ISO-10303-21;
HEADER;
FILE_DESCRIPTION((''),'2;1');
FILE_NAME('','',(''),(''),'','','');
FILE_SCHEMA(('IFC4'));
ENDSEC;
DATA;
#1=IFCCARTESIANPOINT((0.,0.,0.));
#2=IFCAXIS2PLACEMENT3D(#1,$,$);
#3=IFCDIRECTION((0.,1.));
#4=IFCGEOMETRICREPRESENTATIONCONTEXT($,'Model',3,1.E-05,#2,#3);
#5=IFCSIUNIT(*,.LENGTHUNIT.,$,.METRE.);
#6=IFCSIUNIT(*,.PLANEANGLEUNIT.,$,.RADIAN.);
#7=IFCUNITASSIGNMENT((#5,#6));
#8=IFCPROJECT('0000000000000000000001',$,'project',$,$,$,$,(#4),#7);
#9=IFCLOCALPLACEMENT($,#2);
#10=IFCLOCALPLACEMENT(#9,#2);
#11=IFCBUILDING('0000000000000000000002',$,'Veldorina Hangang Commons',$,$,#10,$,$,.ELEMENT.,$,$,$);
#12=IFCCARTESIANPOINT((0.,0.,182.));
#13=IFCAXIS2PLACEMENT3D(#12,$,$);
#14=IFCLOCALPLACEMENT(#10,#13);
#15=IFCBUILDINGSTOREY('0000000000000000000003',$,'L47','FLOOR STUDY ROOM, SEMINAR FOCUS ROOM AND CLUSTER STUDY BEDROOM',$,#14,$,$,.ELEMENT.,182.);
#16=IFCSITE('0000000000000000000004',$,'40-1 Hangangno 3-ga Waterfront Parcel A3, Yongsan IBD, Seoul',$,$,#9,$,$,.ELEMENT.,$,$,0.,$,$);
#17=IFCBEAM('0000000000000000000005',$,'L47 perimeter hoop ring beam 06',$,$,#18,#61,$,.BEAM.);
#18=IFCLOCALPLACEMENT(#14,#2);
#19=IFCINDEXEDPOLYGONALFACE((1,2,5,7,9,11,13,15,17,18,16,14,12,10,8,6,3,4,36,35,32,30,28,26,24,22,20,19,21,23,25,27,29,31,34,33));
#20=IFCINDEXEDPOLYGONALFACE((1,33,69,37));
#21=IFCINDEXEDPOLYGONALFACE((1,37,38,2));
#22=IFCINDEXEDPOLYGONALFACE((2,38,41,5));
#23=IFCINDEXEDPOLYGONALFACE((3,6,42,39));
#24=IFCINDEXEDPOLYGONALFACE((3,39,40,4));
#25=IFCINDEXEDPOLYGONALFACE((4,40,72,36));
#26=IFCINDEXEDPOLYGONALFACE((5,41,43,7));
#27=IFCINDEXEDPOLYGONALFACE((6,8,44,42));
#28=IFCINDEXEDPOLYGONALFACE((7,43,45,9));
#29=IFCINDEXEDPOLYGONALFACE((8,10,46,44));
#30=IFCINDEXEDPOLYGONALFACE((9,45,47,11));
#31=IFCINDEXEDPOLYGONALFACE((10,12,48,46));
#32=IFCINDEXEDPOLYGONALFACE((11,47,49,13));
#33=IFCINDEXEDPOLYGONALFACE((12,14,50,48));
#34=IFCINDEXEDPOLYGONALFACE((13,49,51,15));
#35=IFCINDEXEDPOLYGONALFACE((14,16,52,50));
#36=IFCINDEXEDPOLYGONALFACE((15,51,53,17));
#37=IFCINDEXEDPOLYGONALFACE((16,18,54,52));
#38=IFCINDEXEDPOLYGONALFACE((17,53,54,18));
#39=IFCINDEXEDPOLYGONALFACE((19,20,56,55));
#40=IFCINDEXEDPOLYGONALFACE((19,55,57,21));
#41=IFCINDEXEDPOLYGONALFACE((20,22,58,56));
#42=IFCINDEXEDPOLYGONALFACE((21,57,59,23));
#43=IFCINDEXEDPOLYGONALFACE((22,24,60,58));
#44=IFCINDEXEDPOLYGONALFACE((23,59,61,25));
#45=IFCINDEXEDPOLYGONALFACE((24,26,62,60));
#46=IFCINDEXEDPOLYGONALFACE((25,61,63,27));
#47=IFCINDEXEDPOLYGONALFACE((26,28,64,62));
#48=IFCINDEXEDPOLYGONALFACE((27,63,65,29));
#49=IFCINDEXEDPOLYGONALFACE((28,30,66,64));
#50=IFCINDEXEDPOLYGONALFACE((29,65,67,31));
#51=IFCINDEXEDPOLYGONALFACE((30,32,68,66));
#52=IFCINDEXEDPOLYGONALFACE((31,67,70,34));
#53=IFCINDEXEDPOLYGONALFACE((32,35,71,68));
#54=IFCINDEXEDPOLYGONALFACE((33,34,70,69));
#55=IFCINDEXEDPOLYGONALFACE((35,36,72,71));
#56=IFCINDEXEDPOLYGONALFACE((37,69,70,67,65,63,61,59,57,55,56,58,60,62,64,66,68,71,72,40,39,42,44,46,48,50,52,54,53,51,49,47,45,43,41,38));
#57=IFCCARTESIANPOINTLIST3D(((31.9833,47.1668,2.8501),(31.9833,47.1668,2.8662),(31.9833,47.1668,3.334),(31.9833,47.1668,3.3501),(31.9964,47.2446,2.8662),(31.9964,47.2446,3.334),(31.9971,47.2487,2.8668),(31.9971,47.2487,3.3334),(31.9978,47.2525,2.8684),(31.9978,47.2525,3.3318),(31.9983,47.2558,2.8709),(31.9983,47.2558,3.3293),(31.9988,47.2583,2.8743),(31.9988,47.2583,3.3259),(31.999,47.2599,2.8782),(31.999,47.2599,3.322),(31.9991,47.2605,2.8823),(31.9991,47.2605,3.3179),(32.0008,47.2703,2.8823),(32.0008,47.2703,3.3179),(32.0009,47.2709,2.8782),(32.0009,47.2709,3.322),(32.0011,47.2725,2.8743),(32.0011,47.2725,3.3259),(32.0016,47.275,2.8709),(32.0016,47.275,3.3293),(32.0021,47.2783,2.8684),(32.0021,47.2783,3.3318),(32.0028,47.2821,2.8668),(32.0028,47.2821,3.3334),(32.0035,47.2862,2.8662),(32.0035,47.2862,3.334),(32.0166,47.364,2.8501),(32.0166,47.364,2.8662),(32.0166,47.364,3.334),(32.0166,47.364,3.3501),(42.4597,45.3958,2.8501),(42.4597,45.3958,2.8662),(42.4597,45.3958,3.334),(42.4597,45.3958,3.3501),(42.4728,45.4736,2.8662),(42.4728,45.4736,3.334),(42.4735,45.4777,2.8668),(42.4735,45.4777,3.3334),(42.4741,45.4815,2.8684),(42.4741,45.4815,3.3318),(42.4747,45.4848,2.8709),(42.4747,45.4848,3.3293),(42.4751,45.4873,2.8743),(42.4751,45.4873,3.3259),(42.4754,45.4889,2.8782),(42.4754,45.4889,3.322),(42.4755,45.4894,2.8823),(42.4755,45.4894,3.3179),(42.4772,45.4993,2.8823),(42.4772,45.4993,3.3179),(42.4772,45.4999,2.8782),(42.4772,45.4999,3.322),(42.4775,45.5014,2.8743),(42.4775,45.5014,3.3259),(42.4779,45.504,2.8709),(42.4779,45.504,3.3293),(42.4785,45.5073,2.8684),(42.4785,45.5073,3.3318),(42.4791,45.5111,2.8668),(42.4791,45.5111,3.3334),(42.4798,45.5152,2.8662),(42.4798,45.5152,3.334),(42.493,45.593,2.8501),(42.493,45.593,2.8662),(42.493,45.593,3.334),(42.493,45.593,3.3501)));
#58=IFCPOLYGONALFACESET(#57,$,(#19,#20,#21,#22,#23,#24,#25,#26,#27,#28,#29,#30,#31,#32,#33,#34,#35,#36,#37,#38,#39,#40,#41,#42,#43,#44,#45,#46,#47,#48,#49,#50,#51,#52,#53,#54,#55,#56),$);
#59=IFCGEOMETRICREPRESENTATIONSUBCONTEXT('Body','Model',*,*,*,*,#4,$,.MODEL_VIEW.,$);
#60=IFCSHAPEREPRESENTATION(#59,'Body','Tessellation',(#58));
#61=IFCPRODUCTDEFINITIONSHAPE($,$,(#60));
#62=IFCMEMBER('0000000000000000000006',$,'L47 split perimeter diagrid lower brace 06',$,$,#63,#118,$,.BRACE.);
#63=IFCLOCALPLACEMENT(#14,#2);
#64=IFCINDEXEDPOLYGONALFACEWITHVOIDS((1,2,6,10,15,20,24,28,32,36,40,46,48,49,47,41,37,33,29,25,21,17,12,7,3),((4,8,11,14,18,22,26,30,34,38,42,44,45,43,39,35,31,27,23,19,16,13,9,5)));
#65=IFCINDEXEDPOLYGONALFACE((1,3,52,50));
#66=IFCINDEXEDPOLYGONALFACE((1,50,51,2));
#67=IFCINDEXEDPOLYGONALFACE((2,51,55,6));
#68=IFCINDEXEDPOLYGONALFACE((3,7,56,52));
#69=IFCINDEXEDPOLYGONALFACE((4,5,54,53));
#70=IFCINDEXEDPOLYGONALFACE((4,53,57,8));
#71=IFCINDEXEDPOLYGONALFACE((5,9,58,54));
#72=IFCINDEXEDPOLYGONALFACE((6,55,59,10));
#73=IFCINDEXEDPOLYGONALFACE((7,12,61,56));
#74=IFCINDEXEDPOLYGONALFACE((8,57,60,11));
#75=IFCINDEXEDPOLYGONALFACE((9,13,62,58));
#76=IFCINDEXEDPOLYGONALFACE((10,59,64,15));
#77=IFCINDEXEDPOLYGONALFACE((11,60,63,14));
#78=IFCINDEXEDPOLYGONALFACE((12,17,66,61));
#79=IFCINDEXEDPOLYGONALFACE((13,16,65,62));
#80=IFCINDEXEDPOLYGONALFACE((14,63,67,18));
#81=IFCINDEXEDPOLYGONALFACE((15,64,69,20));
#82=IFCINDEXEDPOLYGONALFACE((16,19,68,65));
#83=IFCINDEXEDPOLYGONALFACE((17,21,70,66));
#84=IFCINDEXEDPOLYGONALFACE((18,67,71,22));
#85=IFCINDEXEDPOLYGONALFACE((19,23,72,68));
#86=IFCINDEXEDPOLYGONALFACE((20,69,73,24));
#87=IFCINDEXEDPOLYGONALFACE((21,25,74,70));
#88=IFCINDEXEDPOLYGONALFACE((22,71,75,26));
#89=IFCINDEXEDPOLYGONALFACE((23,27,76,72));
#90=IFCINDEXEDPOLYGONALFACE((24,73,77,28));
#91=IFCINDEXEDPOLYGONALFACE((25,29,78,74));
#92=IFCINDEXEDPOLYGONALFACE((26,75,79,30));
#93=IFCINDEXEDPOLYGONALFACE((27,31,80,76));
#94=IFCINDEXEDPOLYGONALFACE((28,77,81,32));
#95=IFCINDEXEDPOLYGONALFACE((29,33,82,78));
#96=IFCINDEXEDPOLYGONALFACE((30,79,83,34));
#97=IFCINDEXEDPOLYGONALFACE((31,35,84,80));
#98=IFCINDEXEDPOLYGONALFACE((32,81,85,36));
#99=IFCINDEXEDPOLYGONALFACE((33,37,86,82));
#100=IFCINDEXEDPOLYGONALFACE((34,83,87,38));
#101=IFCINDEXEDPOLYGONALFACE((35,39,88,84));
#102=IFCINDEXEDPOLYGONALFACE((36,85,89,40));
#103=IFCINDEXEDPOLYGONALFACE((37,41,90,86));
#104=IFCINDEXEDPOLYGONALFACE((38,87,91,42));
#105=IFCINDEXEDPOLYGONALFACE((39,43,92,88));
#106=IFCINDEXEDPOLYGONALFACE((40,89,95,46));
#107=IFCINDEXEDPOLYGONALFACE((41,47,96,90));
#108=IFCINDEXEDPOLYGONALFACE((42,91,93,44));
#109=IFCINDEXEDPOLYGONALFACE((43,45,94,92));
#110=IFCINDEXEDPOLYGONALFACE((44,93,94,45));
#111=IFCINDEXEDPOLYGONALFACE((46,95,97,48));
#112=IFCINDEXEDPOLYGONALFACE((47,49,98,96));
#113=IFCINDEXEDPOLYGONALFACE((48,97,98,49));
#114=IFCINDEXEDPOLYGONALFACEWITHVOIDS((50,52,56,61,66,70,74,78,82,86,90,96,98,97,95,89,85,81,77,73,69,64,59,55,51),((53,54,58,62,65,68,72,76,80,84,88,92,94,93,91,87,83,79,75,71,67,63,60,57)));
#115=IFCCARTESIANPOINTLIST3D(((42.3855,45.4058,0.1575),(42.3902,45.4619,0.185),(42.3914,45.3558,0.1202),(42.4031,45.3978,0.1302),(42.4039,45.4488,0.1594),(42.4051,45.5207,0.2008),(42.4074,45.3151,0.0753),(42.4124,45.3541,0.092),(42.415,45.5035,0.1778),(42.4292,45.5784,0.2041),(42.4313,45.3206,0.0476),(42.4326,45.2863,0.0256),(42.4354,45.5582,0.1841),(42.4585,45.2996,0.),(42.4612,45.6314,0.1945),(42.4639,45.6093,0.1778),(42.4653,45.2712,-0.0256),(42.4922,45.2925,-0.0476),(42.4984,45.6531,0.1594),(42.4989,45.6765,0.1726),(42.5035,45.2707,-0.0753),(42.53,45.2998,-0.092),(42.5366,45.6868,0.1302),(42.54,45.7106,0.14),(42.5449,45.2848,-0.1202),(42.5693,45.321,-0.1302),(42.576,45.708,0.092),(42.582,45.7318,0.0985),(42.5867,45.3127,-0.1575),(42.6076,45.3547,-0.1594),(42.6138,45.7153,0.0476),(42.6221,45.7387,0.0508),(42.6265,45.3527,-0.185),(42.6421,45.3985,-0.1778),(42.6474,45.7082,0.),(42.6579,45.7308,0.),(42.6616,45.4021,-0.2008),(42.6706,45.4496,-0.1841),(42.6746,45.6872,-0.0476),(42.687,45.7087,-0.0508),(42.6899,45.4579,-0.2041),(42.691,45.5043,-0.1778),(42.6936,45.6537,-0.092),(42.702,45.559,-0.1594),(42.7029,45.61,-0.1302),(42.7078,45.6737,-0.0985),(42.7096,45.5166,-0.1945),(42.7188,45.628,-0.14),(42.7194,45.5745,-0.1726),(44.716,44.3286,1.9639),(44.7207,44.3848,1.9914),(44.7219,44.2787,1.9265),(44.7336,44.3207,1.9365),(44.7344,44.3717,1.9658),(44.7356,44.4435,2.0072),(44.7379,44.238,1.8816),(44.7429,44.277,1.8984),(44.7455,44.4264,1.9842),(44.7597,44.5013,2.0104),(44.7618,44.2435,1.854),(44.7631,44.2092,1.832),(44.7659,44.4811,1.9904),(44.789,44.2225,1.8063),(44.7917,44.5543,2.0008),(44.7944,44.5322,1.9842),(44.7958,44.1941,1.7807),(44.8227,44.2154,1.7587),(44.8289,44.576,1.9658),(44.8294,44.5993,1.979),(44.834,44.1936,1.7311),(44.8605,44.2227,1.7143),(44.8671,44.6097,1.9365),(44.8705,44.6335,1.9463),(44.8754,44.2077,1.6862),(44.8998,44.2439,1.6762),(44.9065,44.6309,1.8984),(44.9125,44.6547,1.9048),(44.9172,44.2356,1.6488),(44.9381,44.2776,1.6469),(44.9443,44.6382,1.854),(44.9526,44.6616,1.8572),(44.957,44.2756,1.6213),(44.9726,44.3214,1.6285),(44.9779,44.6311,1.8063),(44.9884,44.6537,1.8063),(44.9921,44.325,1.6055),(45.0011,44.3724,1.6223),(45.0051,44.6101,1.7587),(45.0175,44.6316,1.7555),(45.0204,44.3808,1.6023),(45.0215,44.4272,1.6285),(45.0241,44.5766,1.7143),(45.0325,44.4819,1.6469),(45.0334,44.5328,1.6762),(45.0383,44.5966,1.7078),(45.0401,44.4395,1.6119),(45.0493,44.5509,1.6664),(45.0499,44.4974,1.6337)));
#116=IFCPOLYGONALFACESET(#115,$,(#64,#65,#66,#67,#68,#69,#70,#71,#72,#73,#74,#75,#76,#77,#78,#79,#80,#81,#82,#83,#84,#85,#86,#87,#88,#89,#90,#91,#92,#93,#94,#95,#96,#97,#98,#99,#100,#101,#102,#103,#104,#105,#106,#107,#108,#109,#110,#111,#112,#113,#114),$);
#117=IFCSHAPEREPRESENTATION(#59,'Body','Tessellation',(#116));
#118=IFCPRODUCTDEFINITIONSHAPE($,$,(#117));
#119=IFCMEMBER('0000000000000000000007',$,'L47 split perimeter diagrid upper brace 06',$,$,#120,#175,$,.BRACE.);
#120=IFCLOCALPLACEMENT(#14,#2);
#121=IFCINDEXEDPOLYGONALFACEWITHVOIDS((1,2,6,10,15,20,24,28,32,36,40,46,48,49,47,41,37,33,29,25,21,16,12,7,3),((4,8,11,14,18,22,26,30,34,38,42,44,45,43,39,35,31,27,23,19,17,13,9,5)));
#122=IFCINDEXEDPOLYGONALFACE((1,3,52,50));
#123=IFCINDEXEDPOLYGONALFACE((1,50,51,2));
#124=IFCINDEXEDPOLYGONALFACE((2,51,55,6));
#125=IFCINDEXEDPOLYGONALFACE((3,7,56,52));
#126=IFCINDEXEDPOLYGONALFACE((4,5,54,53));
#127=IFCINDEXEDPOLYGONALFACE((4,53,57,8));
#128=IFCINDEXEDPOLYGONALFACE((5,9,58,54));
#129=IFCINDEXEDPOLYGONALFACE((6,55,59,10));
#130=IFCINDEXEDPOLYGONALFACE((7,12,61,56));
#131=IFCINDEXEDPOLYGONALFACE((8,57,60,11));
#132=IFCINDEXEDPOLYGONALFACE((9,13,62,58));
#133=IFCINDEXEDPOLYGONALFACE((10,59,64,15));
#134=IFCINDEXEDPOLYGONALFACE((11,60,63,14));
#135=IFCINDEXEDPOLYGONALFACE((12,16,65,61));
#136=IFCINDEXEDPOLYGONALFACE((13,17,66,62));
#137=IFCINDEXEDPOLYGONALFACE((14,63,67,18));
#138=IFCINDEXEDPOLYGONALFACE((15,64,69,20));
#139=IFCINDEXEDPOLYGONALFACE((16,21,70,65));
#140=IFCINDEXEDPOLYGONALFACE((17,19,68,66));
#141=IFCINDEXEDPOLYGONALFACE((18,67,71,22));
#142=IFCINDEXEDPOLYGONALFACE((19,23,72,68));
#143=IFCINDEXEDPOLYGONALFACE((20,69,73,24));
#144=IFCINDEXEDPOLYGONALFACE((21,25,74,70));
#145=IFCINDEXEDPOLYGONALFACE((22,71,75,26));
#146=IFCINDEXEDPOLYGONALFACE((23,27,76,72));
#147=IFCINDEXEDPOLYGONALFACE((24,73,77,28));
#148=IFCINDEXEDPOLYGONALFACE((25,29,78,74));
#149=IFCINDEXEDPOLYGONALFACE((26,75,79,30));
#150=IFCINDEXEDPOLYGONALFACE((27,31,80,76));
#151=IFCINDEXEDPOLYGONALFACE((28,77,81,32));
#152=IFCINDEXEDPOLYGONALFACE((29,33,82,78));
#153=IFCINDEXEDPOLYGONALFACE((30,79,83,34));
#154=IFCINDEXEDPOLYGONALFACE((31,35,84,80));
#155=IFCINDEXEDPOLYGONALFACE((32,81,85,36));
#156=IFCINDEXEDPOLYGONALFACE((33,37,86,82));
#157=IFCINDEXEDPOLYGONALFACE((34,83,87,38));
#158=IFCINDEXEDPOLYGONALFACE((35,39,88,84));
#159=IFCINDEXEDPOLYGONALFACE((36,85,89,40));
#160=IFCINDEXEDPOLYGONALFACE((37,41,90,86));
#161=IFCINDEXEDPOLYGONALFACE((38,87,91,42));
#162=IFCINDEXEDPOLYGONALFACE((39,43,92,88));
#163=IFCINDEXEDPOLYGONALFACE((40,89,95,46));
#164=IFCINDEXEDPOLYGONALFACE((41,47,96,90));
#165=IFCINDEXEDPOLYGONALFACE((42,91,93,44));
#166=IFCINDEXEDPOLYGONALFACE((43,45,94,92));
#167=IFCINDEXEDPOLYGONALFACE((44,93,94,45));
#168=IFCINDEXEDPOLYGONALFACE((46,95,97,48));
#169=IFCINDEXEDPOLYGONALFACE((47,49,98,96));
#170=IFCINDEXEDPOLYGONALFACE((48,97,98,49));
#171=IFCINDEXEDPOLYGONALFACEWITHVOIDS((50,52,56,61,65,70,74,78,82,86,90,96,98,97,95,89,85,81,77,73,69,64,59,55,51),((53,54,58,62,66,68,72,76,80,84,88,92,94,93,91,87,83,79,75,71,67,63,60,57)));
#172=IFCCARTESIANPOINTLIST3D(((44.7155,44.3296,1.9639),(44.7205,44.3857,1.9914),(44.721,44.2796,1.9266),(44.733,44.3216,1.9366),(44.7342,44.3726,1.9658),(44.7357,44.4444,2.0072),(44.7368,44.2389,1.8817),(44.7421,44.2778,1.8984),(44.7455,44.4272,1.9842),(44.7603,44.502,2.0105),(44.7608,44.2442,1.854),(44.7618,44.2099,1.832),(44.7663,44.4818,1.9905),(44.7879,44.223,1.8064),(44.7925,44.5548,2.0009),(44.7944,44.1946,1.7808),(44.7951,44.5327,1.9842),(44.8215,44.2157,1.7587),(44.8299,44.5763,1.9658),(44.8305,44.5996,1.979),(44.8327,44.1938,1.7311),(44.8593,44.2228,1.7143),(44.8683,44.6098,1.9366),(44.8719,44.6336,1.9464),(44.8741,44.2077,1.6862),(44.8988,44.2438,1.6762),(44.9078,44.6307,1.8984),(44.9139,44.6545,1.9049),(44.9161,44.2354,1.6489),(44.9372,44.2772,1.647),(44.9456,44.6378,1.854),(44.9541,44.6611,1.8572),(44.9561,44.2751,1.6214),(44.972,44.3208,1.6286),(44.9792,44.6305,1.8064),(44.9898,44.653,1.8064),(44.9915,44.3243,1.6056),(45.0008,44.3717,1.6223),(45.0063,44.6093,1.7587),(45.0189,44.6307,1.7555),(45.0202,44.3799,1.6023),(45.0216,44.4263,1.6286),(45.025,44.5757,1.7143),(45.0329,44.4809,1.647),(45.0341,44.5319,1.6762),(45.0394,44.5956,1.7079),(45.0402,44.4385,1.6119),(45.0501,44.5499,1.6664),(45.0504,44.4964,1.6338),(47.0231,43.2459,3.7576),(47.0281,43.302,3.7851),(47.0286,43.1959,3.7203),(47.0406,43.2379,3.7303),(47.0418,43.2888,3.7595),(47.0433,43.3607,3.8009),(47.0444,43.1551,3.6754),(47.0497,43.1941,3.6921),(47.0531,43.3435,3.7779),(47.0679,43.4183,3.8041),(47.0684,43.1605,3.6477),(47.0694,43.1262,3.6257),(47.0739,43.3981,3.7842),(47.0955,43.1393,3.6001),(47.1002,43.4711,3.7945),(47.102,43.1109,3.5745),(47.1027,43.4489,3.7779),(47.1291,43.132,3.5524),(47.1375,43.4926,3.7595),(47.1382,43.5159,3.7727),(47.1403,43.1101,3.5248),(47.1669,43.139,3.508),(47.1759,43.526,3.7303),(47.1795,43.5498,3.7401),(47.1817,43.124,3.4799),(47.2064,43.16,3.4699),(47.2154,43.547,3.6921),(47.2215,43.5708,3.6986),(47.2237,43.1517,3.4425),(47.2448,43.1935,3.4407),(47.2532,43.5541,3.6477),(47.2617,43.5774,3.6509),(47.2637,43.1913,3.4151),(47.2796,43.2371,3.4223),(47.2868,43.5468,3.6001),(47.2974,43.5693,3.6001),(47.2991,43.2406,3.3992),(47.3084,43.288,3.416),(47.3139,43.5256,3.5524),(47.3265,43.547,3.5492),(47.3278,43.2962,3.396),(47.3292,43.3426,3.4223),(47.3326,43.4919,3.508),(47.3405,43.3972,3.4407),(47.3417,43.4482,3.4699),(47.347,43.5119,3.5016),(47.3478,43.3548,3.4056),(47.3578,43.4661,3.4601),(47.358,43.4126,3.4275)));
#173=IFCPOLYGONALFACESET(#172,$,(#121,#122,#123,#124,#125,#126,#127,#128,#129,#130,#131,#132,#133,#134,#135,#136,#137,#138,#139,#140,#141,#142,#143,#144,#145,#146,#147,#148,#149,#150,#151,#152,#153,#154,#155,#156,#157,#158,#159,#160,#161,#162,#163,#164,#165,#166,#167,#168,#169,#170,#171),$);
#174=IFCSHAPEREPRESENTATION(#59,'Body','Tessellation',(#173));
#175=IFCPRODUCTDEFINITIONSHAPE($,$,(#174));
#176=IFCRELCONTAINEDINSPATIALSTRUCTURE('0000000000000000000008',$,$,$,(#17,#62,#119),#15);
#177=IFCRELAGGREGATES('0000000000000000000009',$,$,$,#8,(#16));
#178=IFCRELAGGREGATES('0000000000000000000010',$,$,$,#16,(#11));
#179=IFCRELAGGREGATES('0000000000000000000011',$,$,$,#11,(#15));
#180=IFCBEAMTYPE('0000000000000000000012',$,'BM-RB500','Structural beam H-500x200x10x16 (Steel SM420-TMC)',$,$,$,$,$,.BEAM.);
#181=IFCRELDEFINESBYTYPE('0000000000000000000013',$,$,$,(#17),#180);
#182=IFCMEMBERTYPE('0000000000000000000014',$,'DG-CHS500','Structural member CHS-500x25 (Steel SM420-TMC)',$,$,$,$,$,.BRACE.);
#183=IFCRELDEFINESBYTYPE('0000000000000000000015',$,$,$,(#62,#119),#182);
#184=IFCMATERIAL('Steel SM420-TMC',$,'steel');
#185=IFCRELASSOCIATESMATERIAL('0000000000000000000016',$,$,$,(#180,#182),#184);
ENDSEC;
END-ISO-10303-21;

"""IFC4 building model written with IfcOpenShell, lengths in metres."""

from ifc_helpers import new_model, si_unit, direction, frame, origin, origin_2d, place, context, subcontext, project, spatial, hollow_circle, i_section, extrude, material, material_profile, profile_set, type_object, element, save


model = new_model("IFC4")

# Units and contexts
model_context = context("Model", 3, precision=1e-05, world=origin(), true_north=direction((0.0, 1.0)))
body_context = subcontext(model_context, "Body", "Model", "MODEL_VIEW")
ifc_project = project(units=[si_unit("LENGTHUNIT", "METRE"), si_unit("PLANEANGLEUNIT", "RADIAN")], contexts=[model_context])

# Site, building, storey
site_placement = place(None, origin())
site = spatial("IfcSite", under=ifc_project, at=site_placement, Name="40-1 Hangangno 3-ga Waterfront Parcel A3, Yongsan IBD, Seoul", CompositionType="ELEMENT", RefElevation=0.0)
building_placement = place(site_placement, origin())
building = spatial("IfcBuilding", under=site, at=building_placement, Name="Veldorina Hangang Commons", CompositionType="ELEMENT")
storey_placement = place(building_placement, frame((0.0, 0.0, 182.0)))
storey = spatial("IfcBuildingStorey", under=building, at=storey_placement, Name="L47", Description="FLOOR STUDY ROOM, SEMINAR FOCUS ROOM AND CLUSTER STUDY BEDROOM", CompositionType="ELEMENT", Elevation=182.0)

# Beam
ifc_material_1 = material(Name="Steel SM420-TMC", Category="steel")
ifc_material_profile_1 = material_profile(ifc_material_1, i_section(OverallWidth=0.2, OverallDepth=0.5, WebThickness=0.01, FlangeThickness=0.0161, FilletRadius=0.0161, at=origin_2d()), Name="H-500x200x10x16")
ifc_profile_set_1 = profile_set([ifc_material_profile_1], Name="Steel SM420-TMC")
beam_type = type_object("IfcBeamType", Name="BM-RB500", Description="Structural beam H-500x200x10x16 (Steel SM420-TMC)", PredefinedType="BEAM", material=ifc_profile_set_1)
beam_placement = place(storey_placement, frame((42.4763, 45.4944, 3.1001), z_axis=(-0.986011, 0.166683, 0.0), x_axis=(-0.166683, -0.986011, 0.0)))
element("IfcBeam", 1, at=beam_placement, inside=storey, type_object=beam_type, Name="L47 perimeter hoop ring beam 06", PredefinedType="BEAM", context=body_context, shape_type="SweptSolid", body=[
    extrude(i_section(OverallWidth=0.2, OverallDepth=0.5, WebThickness=0.01, FlangeThickness=0.0161, FilletRadius=0.0161, at=origin_2d()), origin(), (0.0, 0.0, 1.0), 10.625),
])

# Members
ifc_material_profile_2 = material_profile(ifc_material_1, hollow_circle(Radius=0.25, WallThickness=0.0249, at=origin_2d()), Name="CHS-500x25")
ifc_profile_set_2 = profile_set([ifc_material_profile_2], Name="Steel SM420-TMC")
member_type = type_object("IfcMemberType", Name="DG-CHS500", Description="Structural member CHS-500x25 (Steel SM420-TMC)", PredefinedType="BRACE", material=ifc_profile_set_2)
member_1_placement = place(storey_placement, frame((42.553, 45.5039, 0.0), z_axis=(0.742397, -0.343123, 0.575424), x_axis=(0.419541, 0.907737, 0.0)))
element("IfcMember", 2, at=member_1_placement, inside=storey, type_object=member_type, Name="L47 split perimeter diagrid lower brace 06", PredefinedType="BRACE", context=body_context, shape_type="SweptSolid", body=[
    extrude(hollow_circle(Radius=0.25, WallThickness=0.0249, at=origin_2d()), origin(), (0.0, 0.0, 1.0), 3.1392),
])
member_2_placement = place(storey_placement, frame((44.8835, 44.4268, 1.8064), z_axis=(0.740285, -0.347664, 0.57542), x_axis=(0.425091, 0.90515, 0.0)))
element("IfcMember", 3, at=member_2_placement, inside=storey, type_object=member_type, Name="L47 split perimeter diagrid upper brace 06", PredefinedType="BRACE", context=body_context, shape_type="SweptSolid", body=[
    extrude(hollow_circle(Radius=0.25, WallThickness=0.0249, at=origin_2d()), origin(), (0.0, 0.0, 1.0), 3.1172),
])

save(model, "model.ifc")
